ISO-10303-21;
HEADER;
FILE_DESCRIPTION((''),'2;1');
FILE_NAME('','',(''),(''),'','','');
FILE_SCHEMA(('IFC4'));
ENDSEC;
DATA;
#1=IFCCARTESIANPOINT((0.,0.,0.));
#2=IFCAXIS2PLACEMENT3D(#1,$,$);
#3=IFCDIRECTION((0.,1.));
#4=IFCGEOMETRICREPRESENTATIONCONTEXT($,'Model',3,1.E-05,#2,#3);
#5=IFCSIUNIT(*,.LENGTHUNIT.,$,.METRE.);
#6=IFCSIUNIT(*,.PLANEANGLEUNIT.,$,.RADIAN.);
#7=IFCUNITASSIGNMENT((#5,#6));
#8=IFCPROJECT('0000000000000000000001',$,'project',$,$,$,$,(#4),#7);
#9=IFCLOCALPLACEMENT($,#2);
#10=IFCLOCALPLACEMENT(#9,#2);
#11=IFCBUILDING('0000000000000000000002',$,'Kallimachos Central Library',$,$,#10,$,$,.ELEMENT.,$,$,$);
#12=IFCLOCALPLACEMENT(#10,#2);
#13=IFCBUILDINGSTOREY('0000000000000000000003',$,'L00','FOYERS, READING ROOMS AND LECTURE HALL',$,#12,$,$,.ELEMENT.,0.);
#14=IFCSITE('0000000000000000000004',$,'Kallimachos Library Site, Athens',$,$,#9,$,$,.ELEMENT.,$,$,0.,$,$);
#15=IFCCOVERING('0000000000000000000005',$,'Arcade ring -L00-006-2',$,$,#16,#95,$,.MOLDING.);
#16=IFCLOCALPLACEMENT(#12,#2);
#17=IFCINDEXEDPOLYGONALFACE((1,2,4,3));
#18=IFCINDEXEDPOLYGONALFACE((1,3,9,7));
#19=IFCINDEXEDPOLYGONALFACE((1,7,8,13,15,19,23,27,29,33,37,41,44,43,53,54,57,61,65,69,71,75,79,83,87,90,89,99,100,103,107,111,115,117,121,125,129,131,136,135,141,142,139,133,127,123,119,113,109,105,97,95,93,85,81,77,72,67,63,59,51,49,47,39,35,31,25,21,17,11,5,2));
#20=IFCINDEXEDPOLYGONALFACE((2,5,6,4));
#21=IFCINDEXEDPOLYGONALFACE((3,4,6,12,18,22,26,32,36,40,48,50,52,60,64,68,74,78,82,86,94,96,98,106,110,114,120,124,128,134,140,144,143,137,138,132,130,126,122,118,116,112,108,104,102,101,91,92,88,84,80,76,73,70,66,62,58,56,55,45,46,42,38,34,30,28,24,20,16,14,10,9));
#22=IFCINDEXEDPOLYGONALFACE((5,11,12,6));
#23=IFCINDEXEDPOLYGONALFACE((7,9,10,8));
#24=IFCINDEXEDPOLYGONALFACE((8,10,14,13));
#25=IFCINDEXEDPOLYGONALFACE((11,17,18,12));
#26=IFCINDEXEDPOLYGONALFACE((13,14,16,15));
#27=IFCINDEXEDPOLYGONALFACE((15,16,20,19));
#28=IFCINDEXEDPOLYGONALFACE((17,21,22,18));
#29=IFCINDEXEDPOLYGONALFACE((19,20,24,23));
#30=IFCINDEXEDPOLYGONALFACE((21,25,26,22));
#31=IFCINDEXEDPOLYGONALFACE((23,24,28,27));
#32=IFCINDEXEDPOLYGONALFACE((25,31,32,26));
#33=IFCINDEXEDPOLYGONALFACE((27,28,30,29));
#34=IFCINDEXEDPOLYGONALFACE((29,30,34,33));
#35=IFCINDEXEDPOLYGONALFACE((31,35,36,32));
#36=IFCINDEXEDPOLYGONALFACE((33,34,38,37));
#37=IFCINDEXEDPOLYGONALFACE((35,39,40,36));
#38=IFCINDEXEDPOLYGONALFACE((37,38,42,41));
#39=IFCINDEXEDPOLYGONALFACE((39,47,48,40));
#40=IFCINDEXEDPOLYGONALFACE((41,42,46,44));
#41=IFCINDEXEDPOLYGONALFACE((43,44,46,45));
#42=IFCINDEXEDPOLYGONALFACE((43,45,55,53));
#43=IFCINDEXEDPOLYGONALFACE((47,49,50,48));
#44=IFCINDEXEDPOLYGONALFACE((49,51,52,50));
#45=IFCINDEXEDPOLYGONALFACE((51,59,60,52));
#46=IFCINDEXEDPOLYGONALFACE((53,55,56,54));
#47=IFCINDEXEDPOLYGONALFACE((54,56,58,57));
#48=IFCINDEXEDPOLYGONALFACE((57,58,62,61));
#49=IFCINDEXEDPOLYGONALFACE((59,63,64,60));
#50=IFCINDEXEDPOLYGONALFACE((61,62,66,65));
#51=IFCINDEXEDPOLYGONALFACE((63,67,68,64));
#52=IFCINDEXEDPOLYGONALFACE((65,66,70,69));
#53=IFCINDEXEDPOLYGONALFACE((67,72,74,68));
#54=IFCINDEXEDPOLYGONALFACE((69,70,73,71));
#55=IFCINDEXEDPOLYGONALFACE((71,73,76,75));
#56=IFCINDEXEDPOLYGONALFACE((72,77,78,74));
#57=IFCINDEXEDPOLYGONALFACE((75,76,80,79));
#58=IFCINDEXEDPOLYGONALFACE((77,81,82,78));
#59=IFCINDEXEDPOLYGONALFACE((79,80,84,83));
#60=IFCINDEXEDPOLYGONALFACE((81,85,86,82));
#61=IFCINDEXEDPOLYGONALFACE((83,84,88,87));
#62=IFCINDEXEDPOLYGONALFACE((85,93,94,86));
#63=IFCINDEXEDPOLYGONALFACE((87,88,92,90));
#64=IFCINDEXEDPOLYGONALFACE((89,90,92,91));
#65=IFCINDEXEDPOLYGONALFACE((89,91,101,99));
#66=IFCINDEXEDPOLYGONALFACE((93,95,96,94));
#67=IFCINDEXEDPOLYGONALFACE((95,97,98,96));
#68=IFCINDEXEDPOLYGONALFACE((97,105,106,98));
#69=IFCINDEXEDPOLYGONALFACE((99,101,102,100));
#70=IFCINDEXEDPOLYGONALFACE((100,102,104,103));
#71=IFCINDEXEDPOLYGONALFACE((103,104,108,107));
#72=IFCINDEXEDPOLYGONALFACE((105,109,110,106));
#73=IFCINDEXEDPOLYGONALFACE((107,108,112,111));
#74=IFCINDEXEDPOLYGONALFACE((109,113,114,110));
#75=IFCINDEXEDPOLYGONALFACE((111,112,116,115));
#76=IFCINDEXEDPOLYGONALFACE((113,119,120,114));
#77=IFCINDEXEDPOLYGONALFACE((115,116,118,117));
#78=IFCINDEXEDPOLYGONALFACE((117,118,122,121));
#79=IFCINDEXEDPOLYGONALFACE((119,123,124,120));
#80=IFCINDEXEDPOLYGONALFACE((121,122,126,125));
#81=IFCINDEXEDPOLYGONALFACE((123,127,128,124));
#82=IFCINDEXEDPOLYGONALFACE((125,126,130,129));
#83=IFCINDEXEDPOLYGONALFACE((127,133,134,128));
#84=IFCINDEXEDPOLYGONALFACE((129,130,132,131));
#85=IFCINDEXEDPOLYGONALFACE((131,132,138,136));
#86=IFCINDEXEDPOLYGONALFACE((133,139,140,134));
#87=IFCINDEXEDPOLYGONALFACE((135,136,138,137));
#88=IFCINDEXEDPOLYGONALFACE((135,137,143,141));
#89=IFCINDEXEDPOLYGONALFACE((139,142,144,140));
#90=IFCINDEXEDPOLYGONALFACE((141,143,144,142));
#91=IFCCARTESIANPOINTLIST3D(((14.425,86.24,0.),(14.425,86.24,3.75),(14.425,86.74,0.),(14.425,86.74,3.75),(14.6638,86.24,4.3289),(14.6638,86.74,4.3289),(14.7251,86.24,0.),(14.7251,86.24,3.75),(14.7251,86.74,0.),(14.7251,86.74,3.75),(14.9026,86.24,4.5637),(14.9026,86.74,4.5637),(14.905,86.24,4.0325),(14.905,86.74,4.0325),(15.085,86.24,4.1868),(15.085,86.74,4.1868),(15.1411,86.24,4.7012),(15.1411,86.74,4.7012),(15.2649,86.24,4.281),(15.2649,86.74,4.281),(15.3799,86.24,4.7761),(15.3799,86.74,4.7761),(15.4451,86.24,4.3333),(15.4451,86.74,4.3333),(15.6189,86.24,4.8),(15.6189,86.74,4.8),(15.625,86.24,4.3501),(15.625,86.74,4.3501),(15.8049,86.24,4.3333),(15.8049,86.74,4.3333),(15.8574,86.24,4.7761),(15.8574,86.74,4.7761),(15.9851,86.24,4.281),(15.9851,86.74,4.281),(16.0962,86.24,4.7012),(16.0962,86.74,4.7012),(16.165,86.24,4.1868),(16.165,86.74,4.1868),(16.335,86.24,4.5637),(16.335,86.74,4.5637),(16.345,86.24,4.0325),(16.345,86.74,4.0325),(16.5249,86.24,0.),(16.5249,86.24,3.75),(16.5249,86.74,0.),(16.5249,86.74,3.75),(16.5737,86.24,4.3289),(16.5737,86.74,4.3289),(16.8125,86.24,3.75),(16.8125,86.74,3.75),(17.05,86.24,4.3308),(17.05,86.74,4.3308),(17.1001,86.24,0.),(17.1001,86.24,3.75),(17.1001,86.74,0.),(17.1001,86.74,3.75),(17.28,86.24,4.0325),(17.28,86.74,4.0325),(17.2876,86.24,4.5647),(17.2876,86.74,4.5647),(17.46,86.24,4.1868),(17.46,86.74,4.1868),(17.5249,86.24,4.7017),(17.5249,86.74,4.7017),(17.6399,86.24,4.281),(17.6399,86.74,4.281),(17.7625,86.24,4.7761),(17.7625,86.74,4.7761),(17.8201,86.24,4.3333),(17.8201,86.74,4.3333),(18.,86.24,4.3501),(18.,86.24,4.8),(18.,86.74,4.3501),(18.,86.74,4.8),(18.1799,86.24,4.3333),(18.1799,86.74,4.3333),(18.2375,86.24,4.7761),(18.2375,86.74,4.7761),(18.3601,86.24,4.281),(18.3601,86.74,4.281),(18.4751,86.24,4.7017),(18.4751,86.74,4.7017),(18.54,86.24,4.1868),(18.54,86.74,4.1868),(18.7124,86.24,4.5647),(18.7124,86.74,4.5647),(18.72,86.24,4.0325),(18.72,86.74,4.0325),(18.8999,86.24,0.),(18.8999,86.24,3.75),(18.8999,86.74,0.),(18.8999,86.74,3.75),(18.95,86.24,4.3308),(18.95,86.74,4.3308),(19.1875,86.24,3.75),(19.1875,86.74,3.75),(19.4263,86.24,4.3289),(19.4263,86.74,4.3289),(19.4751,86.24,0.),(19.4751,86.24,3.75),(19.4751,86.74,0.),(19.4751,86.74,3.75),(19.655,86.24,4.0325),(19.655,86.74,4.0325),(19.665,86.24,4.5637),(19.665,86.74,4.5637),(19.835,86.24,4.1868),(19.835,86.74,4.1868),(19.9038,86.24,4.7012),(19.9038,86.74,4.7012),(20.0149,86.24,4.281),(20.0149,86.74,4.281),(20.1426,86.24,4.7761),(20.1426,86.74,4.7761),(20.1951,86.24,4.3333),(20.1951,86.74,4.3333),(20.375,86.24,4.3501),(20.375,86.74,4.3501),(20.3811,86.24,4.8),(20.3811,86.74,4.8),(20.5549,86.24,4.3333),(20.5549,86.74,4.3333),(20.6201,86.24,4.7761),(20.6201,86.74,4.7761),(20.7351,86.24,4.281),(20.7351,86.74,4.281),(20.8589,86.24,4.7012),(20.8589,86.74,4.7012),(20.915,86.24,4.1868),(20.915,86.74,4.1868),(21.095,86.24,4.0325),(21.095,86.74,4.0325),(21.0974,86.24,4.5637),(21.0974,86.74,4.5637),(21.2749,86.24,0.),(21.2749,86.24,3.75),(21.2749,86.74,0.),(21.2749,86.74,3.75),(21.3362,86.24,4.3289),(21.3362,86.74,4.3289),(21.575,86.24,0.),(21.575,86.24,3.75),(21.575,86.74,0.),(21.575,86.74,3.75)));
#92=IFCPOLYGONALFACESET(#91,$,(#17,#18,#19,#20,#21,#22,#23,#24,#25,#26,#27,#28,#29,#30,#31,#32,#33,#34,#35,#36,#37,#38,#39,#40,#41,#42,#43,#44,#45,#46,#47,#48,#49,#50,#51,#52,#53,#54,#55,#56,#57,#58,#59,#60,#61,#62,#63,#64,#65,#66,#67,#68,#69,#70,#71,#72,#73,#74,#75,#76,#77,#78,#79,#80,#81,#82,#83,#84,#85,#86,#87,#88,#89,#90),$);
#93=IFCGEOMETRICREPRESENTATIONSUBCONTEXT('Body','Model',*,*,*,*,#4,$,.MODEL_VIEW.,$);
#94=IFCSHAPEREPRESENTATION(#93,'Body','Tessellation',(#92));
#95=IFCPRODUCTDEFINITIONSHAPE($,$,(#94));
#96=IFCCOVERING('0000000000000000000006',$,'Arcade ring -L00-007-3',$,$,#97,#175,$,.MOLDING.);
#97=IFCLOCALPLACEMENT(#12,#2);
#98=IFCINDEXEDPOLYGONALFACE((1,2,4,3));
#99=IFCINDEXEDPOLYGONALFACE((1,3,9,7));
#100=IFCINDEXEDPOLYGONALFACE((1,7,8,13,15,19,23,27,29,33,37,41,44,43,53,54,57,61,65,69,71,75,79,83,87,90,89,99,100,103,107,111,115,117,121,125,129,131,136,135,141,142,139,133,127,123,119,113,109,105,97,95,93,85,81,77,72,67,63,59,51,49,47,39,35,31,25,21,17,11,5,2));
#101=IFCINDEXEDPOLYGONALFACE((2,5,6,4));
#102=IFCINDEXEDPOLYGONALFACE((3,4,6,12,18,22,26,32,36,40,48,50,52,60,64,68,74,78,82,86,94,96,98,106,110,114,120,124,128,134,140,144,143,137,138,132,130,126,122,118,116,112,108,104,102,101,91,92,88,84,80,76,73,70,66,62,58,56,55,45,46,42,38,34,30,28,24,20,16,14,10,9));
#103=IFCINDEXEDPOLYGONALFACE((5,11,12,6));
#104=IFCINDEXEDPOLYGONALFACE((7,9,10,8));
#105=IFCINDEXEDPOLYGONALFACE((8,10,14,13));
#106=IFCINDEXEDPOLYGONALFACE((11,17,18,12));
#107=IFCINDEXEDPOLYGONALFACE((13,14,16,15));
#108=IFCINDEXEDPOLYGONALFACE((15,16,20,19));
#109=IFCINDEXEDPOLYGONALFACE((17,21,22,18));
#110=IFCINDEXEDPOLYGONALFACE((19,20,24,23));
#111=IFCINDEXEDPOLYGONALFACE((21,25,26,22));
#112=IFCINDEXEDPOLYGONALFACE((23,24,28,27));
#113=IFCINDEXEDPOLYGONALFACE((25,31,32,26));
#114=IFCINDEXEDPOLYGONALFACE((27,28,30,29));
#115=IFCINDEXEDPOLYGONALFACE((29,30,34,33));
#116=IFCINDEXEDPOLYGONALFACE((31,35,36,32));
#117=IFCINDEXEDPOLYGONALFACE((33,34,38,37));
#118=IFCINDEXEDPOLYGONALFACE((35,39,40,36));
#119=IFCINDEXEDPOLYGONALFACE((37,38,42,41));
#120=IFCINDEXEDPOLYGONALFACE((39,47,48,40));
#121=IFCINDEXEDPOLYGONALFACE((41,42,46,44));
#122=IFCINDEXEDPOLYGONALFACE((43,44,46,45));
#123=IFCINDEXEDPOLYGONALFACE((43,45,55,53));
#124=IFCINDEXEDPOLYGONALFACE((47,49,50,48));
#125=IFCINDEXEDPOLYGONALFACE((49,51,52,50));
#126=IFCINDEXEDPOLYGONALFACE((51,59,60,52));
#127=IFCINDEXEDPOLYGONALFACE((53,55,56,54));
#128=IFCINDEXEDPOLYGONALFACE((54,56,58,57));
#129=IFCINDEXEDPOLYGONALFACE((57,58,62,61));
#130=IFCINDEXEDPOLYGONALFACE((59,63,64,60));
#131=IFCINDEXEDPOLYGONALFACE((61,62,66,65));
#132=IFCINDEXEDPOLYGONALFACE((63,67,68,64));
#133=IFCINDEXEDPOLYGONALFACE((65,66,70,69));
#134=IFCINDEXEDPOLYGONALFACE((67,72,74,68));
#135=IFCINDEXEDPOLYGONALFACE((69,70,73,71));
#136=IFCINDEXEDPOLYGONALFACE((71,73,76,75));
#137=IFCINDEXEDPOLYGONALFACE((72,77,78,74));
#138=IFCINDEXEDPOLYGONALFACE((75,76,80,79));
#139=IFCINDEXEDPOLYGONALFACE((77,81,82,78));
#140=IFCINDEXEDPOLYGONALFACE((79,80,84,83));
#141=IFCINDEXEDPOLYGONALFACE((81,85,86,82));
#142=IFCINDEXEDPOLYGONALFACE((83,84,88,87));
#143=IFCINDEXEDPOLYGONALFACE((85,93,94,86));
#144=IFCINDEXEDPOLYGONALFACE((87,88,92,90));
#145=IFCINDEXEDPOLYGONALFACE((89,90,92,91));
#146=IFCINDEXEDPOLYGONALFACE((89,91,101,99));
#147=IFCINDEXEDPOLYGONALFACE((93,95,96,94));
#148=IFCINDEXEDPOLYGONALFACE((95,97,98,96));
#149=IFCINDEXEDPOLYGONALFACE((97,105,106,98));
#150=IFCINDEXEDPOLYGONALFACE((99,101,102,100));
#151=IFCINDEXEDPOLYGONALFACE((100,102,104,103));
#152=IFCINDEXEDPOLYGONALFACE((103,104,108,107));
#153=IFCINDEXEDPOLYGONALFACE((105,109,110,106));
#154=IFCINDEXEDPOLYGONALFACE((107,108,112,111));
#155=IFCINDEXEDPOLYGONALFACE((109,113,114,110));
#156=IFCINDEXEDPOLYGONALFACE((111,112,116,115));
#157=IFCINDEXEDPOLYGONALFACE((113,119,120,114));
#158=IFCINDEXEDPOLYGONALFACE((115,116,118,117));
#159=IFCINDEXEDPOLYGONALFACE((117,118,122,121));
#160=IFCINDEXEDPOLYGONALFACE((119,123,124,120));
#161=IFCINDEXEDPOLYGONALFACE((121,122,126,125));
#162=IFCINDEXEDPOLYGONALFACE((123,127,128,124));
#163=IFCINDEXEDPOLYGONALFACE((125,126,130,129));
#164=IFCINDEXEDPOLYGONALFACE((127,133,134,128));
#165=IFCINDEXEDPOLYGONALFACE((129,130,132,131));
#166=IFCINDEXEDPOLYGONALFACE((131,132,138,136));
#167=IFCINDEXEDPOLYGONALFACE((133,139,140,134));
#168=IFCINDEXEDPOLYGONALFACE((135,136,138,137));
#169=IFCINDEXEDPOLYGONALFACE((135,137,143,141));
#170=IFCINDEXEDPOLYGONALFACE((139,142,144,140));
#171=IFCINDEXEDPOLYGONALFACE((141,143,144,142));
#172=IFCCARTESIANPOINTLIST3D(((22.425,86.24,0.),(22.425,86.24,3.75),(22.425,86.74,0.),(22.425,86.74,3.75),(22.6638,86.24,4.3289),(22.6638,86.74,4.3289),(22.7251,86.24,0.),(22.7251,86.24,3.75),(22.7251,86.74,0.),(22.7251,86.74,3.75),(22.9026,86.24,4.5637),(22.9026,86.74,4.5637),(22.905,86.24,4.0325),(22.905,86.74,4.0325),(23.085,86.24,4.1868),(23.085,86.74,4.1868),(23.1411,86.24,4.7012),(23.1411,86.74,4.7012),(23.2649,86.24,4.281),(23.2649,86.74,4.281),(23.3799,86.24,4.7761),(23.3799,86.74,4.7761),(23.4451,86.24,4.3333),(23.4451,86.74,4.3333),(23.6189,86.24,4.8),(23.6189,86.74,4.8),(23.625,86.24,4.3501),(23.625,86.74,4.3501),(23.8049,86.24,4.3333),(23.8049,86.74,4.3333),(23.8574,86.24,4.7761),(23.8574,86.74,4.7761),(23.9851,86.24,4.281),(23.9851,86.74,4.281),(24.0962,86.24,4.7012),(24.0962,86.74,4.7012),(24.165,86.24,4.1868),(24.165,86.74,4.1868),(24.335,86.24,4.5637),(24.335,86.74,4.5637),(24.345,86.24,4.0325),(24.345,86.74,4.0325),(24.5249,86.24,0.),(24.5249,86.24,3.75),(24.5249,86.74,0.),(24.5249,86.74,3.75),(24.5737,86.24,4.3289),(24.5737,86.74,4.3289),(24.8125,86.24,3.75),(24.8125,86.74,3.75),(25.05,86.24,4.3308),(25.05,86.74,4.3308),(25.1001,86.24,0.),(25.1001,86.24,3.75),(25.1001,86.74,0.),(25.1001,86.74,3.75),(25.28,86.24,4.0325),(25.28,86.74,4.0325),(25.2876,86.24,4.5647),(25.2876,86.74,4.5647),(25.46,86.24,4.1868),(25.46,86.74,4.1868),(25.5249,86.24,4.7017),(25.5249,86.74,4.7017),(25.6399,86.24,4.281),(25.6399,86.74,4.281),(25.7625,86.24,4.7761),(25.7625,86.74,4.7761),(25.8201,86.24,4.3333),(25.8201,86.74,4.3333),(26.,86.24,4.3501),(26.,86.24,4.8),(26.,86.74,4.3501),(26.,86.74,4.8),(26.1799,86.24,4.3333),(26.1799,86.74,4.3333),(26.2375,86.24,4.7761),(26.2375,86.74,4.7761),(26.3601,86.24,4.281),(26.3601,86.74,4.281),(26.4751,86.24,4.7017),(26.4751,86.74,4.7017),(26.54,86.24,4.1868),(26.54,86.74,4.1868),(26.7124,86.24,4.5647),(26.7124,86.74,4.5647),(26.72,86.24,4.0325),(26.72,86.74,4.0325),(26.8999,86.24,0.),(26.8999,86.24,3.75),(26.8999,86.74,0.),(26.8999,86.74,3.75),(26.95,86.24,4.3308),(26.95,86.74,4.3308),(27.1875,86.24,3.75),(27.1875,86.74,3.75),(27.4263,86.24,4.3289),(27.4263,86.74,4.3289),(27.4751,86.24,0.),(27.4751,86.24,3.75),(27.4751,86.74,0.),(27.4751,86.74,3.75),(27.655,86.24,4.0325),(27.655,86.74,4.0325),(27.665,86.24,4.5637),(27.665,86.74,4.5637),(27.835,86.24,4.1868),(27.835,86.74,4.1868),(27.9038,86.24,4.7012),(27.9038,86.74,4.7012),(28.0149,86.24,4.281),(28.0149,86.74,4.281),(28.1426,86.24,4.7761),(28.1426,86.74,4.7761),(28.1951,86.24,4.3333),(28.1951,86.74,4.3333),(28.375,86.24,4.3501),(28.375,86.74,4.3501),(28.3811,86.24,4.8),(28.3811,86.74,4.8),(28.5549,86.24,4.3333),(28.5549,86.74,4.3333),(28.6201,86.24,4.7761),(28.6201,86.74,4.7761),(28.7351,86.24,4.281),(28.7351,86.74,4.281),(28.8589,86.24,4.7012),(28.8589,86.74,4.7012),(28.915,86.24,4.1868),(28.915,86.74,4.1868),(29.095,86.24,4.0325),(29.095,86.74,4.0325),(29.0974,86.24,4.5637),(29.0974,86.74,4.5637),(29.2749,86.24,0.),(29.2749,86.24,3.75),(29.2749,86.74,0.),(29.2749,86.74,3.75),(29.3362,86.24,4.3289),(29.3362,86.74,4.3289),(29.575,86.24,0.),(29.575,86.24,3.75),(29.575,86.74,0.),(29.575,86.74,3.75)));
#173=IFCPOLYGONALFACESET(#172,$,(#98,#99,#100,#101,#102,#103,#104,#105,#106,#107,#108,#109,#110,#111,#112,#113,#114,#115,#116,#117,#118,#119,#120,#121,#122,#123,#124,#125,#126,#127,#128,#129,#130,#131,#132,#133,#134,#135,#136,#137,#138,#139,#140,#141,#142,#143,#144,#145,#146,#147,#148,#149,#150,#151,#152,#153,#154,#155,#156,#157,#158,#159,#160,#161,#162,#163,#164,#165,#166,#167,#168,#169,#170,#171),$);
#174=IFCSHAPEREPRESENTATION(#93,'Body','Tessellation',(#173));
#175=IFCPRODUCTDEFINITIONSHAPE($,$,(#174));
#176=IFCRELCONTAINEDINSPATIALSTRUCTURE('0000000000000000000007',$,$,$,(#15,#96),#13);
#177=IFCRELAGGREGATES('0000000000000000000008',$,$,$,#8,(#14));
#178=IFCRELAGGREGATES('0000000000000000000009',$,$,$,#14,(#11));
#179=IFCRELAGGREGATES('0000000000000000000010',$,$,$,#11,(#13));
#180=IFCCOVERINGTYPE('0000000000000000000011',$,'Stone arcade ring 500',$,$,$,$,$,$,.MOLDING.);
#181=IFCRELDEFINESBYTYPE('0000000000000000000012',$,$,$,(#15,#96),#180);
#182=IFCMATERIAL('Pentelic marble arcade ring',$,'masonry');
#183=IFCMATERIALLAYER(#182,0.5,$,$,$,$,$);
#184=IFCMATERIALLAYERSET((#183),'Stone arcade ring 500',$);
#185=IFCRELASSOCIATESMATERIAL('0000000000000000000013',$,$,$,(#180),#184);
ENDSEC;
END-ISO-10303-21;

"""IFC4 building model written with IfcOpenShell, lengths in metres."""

from ifc_helpers import new_model, si_unit, direction, frame, origin, place, context, subcontext, project, spatial, polyline, outline, extrude, material, layer, layer_set, type_object, element, save


model = new_model("IFC4")

# Units and contexts
model_context = context("Model", 3, precision=1e-05, world=origin(), true_north=direction((0.0, 1.0)))
body_context = subcontext(model_context, "Body", "Model", "MODEL_VIEW")
ifc_project = project(units=[si_unit("LENGTHUNIT", "METRE"), si_unit("PLANEANGLEUNIT", "RADIAN")], contexts=[model_context])

# Site, building, storey
site_placement = place(None, origin())
site = spatial("IfcSite", under=ifc_project, at=site_placement, Name="Kallimachos Library Site, Athens", CompositionType="ELEMENT", RefElevation=0.0)
building_placement = place(site_placement, origin())
building = spatial("IfcBuilding", under=site, at=building_placement, Name="Kallimachos Central Library", CompositionType="ELEMENT")
storey_placement = place(building_placement, origin())
storey = spatial("IfcBuildingStorey", under=building, at=storey_placement, Name="L00", Description="FOYERS, READING ROOMS AND LECTURE HALL", CompositionType="ELEMENT", Elevation=0.0)

# Coverings
ifc_material_1 = material(Name="Pentelic marble arcade ring", Category="masonry")
ifc_layer_1 = layer(ifc_material_1, 0.5)
ifc_layer_set_1 = layer_set([ifc_layer_1], Name="Stone arcade ring 500")
covering_type_1 = type_object("IfcCoveringType", Name="Stone arcade ring 500", PredefinedType="MOLDING", material=ifc_layer_set_1)
covering_1_placement = place(storey_placement, frame((14.7251, 86.24, 0.0), z_axis=(0.0, -1.0, 0.0), x_axis=(0.0, 0.0, 1.0)))
element("IfcCovering", 1, at=covering_1_placement, inside=storey, type_object=covering_type_1, Name="Arcade ring -L00-006-2", PredefinedType="MOLDING", context=body_context, shape_type="SweptSolid", body=[
    extrude(outline(polyline([(0.0, 0.0), (3.75, 0.0), (4.0325, -0.1799), (4.1868, -0.3599), (4.281, -0.5398), (4.3333, -0.72), (4.3501, -0.8999), (4.3333, -1.0798), (4.281, -1.26), (4.1868, -1.4399), (4.0325, -1.6199), (3.75, -1.7998), (0.0, -1.7998), (0.0, -2.375), (3.75, -2.375), (4.0325, -2.5549), (4.1868, -2.7349), (4.281, -2.9148), (4.3333, -3.095), (4.3501, -3.2749), (4.3333, -3.4548), (4.281, -3.635), (4.1868, -3.8149), (4.0325, -3.9949), (3.75, -4.1748), (0.0, -4.1748), (0.0, -4.75), (3.75, -4.75), (4.0325, -4.9299), (4.1868, -5.1099), (4.281, -5.2898), (4.3333, -5.47), (4.3501, -5.6499), (4.3333, -5.8298), (4.281, -6.01), (4.1868, -6.1899), (4.0325, -6.3699), (3.75, -6.5498), (0.0, -6.5498), (0.0, -6.8499), (3.75, -6.8499), (4.3289, -6.6111), (4.5637, -6.3723), (4.7012, -6.1338), (4.7761, -5.895), (4.8, -5.656), (4.7761, -5.4175), (4.7012, -5.1787), (4.5637, -4.9399), (4.3289, -4.7012), (3.75, -4.4624), (4.3308, -4.2249), (4.5647, -3.9873), (4.7017, -3.75), (4.7761, -3.5125), (4.8, -3.2749), (4.7761, -3.0374), (4.7017, -2.7998), (4.5647, -2.5625), (4.3308, -2.325), (3.75, -2.0874), (4.3289, -1.8486), (4.5637, -1.6099), (4.7012, -1.3711), (4.7761, -1.1323), (4.8, -0.8938), (4.7761, -0.6548), (4.7012, -0.416), (4.5637, -0.1775), (4.3289, 0.0613), (3.75, 0.3), (0.0, 0.3), (0.0, 0.0)])), origin(), (0.0, 0.0, -1.0), 0.5),
])
covering_2_placement = place(storey_placement, frame((22.7251, 86.24, 0.0), z_axis=(0.0, -1.0, 0.0), x_axis=(0.0, 0.0, 1.0)))
element("IfcCovering", 2, at=covering_2_placement, inside=storey, type_object=covering_type_1, Name="Arcade ring -L00-007-3", PredefinedType="MOLDING", context=body_context, shape_type="SweptSolid", body=[
    extrude(outline(polyline([(0.0, 0.0), (3.75, 0.0), (4.0325, -0.1799), (4.1868, -0.3599), (4.281, -0.5398), (4.3333, -0.72), (4.3501, -0.8999), (4.3333, -1.0798), (4.281, -1.26), (4.1868, -1.4399), (4.0325, -1.6199), (3.75, -1.7998), (0.0, -1.7998), (0.0, -2.375), (3.75, -2.375), (4.0325, -2.5549), (4.1868, -2.7349), (4.281, -2.9148), (4.3333, -3.095), (4.3501, -3.2749), (4.3333, -3.4548), (4.281, -3.635), (4.1868, -3.8149), (4.0325, -3.9949), (3.75, -4.1748), (0.0, -4.1748), (0.0, -4.75), (3.75, -4.75), (4.0325, -4.9299), (4.1868, -5.1099), (4.281, -5.2898), (4.3333, -5.47), (4.3501, -5.6499), (4.3333, -5.8298), (4.281, -6.01), (4.1868, -6.1899), (4.0325, -6.3699), (3.75, -6.5498), (0.0, -6.5498), (0.0, -6.8499), (3.75, -6.8499), (4.3289, -6.6111), (4.5637, -6.3723), (4.7012, -6.1338), (4.7761, -5.895), (4.8, -5.656), (4.7761, -5.4175), (4.7012, -5.1787), (4.5637, -4.9399), (4.3289, -4.7012), (3.75, -4.4624), (4.3308, -4.2249), (4.5647, -3.9873), (4.7017, -3.75), (4.7761, -3.5125), (4.8, -3.2749), (4.7761, -3.0374), (4.7017, -2.7998), (4.5647, -2.5625), (4.3308, -2.325), (3.75, -2.0874), (4.3289, -1.8486), (4.5637, -1.6099), (4.7012, -1.3711), (4.7761, -1.1323), (4.8, -0.8938), (4.7761, -0.6548), (4.7012, -0.416), (4.5637, -0.1775), (4.3289, 0.0613), (3.75, 0.3), (0.0, 0.3), (0.0, 0.0)])), origin(), (0.0, 0.0, -1.0), 0.5),
])

save(model, "model.ifc")
